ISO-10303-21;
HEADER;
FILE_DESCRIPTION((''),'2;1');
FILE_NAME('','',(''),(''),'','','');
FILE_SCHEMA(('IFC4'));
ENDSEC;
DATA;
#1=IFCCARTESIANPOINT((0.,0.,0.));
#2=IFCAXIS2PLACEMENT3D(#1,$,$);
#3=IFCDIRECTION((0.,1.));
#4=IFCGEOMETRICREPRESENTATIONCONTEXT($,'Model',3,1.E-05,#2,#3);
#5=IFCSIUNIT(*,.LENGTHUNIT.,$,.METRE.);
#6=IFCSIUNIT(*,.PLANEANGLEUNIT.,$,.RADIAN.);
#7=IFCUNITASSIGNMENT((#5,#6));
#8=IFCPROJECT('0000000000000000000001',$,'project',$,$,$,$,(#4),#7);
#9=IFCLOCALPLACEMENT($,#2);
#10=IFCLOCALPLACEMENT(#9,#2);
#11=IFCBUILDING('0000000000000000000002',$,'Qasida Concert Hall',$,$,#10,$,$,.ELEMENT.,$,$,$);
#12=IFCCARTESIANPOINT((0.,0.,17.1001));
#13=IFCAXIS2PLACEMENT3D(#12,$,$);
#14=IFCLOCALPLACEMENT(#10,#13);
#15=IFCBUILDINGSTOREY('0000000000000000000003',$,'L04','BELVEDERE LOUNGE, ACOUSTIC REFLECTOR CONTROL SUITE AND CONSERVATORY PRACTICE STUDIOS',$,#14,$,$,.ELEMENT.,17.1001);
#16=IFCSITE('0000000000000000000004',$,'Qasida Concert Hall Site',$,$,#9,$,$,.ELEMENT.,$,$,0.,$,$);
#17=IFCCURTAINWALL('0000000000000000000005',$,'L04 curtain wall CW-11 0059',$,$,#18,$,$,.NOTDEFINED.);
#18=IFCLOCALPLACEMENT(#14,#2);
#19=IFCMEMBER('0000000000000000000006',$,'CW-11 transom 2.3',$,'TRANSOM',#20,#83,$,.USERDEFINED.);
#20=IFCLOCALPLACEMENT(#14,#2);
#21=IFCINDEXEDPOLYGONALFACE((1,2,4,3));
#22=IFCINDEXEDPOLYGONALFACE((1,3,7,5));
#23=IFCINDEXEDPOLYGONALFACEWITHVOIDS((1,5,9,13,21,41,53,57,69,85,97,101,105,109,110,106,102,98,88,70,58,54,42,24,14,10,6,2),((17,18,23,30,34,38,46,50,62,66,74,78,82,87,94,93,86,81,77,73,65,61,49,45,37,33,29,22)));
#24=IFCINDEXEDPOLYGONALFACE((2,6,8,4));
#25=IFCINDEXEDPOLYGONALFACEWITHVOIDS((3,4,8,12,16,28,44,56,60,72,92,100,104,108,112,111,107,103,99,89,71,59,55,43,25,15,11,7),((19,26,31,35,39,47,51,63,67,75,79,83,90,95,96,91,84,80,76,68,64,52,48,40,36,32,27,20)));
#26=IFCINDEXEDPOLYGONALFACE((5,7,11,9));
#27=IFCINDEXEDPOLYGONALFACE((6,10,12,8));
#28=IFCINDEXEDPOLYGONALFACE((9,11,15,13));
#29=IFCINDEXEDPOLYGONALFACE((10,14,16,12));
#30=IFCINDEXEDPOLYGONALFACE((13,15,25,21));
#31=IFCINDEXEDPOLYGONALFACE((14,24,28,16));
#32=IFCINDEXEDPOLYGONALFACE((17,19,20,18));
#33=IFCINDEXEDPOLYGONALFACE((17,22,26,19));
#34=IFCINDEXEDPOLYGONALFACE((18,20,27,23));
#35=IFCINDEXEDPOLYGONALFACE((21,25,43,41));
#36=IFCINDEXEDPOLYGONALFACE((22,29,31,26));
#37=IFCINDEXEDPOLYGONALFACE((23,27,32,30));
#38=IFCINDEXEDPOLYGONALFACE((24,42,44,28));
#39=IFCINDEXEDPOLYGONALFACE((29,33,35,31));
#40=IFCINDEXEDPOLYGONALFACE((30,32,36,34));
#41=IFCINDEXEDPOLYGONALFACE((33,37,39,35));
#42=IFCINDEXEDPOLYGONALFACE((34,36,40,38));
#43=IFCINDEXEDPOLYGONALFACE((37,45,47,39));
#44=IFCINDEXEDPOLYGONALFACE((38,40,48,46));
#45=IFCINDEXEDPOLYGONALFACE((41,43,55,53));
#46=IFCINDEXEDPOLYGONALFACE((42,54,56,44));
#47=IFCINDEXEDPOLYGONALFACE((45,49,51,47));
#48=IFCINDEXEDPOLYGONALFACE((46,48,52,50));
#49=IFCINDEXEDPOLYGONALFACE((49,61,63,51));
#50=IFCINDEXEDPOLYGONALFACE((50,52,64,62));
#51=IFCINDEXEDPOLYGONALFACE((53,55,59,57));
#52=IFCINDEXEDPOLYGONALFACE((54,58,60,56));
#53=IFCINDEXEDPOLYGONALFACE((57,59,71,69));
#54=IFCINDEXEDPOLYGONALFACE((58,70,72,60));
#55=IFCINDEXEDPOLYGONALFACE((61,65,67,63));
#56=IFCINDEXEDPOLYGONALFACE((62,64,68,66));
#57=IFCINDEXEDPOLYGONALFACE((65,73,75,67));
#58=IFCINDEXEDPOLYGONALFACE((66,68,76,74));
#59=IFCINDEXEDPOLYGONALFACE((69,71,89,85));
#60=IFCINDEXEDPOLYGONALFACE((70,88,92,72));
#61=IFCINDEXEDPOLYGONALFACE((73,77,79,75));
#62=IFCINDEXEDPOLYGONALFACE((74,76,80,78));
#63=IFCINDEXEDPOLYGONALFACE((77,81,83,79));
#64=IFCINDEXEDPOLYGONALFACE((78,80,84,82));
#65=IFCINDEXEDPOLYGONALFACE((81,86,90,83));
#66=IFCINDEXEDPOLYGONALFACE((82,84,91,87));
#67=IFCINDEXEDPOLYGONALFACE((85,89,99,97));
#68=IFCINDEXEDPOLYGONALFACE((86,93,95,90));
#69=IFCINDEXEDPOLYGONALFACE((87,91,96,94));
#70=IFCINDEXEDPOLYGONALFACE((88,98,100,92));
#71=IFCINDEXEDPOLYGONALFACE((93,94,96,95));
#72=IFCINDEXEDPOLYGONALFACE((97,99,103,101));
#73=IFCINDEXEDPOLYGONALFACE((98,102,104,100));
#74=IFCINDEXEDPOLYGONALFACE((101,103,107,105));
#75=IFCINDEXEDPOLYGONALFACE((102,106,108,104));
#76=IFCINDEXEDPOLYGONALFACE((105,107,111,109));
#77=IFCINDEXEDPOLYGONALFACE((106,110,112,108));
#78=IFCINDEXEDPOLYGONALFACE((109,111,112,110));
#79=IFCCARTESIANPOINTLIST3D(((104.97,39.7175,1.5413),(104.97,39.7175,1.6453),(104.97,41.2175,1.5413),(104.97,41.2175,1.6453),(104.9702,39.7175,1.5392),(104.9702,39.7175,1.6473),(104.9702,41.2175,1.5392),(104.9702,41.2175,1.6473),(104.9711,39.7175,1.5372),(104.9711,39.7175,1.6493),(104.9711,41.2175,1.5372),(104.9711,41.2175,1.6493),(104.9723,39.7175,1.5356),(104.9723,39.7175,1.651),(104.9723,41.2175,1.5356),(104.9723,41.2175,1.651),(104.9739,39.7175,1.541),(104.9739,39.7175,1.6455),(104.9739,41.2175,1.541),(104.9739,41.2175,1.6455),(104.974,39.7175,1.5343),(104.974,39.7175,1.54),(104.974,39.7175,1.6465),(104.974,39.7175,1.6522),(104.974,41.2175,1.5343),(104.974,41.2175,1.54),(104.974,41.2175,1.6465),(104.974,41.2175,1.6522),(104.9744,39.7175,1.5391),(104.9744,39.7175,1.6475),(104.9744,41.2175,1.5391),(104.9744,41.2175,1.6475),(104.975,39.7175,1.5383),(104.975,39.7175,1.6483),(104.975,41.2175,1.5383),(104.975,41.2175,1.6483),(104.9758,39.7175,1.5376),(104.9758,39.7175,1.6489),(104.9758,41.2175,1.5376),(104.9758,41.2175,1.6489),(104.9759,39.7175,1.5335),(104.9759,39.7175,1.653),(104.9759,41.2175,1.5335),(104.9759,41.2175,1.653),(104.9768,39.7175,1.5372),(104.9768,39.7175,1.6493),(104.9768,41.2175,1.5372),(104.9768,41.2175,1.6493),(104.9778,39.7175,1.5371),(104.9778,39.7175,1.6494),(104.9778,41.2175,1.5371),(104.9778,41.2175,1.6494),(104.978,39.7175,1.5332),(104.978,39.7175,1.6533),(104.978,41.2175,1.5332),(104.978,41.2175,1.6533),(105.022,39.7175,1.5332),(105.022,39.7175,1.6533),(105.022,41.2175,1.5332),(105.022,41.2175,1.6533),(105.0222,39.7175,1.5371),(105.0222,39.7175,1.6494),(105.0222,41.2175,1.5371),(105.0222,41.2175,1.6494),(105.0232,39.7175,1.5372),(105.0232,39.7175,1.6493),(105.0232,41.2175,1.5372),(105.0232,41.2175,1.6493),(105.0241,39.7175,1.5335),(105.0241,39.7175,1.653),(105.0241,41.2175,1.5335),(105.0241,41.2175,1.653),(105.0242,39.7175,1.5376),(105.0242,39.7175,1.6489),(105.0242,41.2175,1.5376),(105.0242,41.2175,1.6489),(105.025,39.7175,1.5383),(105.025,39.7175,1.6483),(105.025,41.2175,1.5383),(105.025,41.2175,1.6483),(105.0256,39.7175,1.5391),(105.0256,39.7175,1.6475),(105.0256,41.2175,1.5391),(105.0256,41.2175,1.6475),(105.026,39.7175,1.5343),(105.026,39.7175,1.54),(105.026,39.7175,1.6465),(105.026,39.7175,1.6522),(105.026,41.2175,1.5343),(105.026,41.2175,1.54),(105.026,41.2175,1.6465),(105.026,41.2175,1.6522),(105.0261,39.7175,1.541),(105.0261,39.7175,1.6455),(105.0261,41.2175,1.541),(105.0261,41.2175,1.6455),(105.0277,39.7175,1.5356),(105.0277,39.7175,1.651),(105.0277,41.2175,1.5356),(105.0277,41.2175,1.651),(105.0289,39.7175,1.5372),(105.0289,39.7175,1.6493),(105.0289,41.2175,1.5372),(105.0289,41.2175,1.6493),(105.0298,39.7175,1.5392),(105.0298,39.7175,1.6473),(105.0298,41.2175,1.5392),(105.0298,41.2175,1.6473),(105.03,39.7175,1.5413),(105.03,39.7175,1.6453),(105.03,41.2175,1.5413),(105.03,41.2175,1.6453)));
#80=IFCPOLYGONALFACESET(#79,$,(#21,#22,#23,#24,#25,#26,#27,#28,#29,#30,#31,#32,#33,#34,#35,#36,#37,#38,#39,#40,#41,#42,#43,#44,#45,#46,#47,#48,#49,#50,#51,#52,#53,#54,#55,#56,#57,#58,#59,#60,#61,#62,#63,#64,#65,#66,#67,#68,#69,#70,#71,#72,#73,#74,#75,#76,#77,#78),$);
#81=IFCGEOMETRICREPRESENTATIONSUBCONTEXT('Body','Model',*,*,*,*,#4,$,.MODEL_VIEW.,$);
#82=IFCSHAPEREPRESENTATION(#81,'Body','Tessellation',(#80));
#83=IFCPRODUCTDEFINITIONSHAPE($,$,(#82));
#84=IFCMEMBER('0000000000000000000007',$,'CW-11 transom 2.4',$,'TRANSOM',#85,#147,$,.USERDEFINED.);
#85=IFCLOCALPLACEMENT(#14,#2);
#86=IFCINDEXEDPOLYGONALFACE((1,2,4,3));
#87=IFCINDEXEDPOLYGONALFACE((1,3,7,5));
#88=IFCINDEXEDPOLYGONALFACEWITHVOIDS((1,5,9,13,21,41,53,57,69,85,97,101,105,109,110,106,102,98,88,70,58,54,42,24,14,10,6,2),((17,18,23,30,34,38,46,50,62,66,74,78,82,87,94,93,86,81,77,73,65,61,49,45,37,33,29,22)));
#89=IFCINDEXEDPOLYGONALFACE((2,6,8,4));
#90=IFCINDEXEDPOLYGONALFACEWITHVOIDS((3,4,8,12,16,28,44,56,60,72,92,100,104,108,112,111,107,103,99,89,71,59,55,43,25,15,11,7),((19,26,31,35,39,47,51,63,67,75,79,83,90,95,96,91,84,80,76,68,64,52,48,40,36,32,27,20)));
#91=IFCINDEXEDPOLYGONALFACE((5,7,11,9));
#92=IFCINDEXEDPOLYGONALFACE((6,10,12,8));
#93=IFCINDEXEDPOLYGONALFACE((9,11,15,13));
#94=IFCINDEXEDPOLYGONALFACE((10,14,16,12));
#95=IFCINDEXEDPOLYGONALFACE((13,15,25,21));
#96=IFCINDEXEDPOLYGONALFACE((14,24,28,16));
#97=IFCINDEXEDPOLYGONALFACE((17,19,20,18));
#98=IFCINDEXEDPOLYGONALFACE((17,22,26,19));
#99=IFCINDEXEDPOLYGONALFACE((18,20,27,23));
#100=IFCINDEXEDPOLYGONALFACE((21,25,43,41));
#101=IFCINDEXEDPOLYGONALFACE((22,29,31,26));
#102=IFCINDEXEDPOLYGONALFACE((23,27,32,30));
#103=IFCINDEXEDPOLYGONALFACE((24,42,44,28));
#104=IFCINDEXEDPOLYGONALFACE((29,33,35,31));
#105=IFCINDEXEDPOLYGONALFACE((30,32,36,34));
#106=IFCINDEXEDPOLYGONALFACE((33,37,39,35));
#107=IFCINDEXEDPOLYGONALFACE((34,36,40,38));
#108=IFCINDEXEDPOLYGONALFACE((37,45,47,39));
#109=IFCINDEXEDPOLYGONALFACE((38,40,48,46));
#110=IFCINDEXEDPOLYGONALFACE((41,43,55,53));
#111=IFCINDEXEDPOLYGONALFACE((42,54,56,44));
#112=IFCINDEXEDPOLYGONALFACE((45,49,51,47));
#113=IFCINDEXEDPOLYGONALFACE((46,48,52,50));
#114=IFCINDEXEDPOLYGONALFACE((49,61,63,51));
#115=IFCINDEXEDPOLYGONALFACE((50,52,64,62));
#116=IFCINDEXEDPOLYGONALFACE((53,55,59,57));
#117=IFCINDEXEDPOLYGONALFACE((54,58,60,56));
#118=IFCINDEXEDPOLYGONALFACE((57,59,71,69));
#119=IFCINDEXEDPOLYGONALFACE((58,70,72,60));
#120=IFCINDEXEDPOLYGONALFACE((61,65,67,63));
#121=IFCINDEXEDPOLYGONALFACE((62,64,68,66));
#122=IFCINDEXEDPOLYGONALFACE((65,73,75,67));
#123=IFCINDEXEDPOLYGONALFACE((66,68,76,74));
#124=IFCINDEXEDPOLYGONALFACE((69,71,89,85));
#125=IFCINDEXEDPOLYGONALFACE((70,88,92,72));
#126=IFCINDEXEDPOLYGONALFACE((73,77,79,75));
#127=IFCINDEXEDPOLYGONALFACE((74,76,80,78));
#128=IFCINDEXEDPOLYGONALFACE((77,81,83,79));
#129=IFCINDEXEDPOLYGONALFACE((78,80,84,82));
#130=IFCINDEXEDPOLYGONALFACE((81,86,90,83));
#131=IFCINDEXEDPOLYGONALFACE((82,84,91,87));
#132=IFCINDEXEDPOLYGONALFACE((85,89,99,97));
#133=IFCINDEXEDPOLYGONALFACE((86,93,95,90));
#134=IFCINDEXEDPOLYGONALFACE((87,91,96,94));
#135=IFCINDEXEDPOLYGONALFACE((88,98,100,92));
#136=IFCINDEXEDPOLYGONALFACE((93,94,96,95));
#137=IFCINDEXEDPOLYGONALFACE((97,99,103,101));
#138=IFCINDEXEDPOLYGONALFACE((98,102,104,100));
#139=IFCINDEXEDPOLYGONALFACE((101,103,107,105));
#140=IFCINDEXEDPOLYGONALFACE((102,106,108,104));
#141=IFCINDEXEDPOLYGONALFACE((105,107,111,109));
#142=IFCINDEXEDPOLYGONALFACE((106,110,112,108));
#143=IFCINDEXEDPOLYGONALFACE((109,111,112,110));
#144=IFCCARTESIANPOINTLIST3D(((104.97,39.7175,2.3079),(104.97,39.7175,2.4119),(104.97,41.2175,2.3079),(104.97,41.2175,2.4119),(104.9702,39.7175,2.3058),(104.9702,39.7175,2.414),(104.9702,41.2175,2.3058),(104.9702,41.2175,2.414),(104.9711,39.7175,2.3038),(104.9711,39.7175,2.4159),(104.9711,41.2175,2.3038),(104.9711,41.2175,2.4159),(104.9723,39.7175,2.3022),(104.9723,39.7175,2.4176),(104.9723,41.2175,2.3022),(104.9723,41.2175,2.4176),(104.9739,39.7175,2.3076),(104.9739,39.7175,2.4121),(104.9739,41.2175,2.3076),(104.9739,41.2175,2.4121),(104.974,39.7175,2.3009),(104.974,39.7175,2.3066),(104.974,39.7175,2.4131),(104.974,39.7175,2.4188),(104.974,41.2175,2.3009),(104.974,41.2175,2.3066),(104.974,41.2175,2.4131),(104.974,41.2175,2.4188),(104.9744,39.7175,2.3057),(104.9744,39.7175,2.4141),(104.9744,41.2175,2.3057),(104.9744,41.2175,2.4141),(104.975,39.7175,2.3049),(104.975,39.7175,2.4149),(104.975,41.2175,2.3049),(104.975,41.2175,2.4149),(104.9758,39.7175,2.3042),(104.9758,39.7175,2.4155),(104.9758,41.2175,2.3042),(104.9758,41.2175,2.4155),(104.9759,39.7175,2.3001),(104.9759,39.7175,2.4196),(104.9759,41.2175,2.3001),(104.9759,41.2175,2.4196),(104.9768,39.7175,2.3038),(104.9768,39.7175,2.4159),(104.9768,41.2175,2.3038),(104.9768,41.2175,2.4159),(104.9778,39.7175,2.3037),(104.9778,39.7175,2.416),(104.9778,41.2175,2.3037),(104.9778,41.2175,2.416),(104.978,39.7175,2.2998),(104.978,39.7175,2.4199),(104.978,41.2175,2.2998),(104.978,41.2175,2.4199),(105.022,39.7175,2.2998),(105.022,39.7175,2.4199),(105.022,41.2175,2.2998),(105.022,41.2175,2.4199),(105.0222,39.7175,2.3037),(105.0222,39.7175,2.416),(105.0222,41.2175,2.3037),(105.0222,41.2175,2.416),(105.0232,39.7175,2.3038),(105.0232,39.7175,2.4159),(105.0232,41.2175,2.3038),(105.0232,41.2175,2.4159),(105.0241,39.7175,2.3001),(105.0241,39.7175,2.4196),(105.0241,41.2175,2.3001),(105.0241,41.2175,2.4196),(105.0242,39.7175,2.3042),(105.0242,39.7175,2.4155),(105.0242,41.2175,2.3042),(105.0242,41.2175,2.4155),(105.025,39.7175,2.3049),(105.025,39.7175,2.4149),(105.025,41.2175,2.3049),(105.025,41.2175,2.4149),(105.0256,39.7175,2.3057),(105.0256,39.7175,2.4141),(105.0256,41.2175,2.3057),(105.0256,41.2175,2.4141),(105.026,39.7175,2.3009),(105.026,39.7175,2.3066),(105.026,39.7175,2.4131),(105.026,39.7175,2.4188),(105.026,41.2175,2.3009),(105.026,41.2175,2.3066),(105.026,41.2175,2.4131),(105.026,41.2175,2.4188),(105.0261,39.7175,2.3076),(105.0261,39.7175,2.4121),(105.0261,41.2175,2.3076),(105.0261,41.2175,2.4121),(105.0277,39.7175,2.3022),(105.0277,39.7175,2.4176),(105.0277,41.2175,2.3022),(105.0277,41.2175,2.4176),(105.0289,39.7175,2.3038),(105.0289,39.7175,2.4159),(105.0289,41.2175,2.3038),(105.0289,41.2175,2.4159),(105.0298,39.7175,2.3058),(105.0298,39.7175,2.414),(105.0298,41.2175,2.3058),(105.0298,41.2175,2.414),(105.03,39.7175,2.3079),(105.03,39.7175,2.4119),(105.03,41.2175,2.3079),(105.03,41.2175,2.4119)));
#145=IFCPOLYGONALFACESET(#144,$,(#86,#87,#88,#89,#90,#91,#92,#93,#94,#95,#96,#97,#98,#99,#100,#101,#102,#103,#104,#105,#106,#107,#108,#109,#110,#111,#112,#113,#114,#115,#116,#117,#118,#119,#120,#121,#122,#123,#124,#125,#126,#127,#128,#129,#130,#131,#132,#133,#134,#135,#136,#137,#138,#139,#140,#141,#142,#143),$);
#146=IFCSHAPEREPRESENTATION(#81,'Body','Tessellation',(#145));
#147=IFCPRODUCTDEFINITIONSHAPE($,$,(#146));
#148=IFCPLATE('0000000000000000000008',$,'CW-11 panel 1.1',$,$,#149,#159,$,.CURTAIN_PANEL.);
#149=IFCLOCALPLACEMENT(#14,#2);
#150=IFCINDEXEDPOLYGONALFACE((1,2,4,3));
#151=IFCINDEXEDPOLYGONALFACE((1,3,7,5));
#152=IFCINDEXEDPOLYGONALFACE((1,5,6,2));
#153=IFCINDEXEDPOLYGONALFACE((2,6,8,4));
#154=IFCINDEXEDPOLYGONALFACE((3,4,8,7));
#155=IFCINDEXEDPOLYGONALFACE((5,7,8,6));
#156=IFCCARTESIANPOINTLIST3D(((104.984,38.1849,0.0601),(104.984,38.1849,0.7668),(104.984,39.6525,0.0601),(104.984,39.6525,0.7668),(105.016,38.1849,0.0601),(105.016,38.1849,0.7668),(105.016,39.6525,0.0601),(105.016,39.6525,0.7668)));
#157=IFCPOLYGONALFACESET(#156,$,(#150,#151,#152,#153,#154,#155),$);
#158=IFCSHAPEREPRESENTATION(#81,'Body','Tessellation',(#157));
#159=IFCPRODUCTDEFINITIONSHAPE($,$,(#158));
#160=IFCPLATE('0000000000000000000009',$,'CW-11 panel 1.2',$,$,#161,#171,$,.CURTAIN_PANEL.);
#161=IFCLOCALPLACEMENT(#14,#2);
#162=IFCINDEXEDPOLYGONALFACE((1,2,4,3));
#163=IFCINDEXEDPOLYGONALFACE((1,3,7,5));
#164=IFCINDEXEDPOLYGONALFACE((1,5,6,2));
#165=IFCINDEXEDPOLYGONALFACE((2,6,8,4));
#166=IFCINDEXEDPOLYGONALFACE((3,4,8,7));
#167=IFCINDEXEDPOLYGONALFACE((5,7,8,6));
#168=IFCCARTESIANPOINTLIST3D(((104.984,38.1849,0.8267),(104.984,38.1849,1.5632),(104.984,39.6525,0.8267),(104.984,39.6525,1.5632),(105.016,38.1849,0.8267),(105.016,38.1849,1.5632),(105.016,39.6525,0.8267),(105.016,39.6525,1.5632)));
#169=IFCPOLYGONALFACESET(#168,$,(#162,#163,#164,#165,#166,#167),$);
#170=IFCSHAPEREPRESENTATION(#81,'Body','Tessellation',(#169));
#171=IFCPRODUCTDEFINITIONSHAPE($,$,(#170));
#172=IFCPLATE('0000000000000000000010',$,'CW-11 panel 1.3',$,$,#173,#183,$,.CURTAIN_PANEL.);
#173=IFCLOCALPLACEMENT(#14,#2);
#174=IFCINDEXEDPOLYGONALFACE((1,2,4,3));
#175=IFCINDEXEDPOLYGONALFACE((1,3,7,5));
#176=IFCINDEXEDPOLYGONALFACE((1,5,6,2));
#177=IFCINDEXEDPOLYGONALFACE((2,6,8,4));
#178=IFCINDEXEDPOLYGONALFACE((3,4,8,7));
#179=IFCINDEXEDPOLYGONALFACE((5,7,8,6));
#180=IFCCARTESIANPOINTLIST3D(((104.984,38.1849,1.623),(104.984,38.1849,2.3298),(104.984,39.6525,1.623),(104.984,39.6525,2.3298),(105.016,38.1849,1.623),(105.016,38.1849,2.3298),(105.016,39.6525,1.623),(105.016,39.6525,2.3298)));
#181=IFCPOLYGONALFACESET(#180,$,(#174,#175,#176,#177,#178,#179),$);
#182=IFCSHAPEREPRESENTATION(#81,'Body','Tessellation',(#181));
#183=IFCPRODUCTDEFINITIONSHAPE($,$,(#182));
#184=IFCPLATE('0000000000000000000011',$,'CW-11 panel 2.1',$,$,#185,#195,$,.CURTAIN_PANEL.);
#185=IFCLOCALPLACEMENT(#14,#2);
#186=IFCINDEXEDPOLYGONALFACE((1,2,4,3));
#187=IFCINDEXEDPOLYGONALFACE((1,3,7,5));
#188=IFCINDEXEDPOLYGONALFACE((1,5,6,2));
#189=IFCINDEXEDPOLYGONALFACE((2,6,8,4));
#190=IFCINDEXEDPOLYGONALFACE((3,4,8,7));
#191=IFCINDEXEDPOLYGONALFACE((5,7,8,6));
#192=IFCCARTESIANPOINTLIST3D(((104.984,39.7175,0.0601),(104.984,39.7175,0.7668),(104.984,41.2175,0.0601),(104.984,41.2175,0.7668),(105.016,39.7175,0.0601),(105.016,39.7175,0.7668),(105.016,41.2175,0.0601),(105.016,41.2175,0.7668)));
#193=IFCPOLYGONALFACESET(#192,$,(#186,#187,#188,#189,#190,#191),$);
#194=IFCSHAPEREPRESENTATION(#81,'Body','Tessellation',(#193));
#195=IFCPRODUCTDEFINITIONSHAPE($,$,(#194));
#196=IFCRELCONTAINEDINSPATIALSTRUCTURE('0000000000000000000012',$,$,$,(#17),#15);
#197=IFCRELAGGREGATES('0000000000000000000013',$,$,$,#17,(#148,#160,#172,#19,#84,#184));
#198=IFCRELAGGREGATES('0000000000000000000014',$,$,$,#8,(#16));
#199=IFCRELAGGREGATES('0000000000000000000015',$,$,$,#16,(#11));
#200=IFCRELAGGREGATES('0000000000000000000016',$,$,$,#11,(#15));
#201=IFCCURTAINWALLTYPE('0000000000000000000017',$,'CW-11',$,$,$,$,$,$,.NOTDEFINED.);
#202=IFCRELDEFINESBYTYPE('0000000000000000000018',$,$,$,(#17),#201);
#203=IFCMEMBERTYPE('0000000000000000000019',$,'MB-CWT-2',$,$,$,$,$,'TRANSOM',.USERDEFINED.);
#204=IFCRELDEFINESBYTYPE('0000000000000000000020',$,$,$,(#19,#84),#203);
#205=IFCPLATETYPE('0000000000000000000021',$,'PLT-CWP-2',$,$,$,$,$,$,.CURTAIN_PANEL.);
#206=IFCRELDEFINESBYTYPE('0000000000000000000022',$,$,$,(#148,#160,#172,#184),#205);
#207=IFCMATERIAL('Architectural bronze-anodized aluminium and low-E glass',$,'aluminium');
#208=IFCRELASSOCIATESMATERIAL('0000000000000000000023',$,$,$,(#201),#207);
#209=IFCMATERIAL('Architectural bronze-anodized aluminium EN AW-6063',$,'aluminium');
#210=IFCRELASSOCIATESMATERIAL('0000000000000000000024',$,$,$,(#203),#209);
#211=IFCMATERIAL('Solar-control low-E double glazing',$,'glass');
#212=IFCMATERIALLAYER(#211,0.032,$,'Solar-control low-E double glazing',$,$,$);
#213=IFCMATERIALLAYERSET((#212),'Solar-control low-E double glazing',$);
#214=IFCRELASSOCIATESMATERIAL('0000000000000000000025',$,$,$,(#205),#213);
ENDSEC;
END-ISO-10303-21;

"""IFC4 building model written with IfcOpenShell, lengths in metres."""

from ifc_helpers import new_model, si_unit, direction, frame, origin, origin_2d, place, context, subcontext, project, spatial, rectangle, hollow_rectangle, extrude, material, layer, layer_set, material_profile, profile_set, type_object, element, aggregate, save


model = new_model("IFC4")

# Units and contexts
model_context = context("Model", 3, precision=1e-05, world=origin(), true_north=direction((0.0, 1.0)))
body_context = subcontext(model_context, "Body", "Model", "MODEL_VIEW")
ifc_project = project(units=[si_unit("LENGTHUNIT", "METRE"), si_unit("PLANEANGLEUNIT", "RADIAN")], contexts=[model_context])

# Site, building, storey
site_placement = place(None, origin())
site = spatial("IfcSite", under=ifc_project, at=site_placement, Name="Qasida Concert Hall Site", CompositionType="ELEMENT", RefElevation=0.0)
building_placement = place(site_placement, origin())
building = spatial("IfcBuilding", under=site, at=building_placement, Name="Qasida Concert Hall", CompositionType="ELEMENT")
storey_placement = place(building_placement, frame((0.0, 0.0, 17.1001)))
storey = spatial("IfcBuildingStorey", under=building, at=storey_placement, Name="L04", Description="BELVEDERE LOUNGE, ACOUSTIC REFLECTOR CONTROL SUITE AND CONSERVATORY PRACTICE STUDIOS", CompositionType="ELEMENT", Elevation=17.1001)

# Curtain wall, members, plates
ifc_material_1 = material(Name="Architectural bronze-anodized aluminium and low-E glass", Category="aluminium")
curtain_wall_type = type_object("IfcCurtainWallType", Name="CW-11", PredefinedType="NOTDEFINED", material=ifc_material_1)
curtain_wall_placement = place(storey_placement, origin())
curtain_wall = element("IfcCurtainWall", 1, at=curtain_wall_placement, inside=storey, type_object=curtain_wall_type, Name="L04 curtain wall CW-11 0059", PredefinedType="NOTDEFINED")
ifc_material_2 = material(Name="Architectural bronze-anodized aluminium EN AW-6063", Category="aluminium")
ifc_material_profile_1 = material_profile(ifc_material_2, hollow_rectangle(XDim=0.0601, YDim=0.1201, WallThickness=0.0039, InnerFilletRadius=0.0039, OuterFilletRadius=0.0081, at=origin_2d()), Name="CWT 120x60x4")
ifc_profile_set_1 = profile_set([ifc_material_profile_1], Name="Architectural bronze-anodized aluminium EN AW-6063")
member_type_1 = type_object("IfcMemberType", Name="MB-CWT-2", ElementType="TRANSOM", PredefinedType="USERDEFINED", material=ifc_profile_set_1)
member_1_placement = place(storey_placement, frame((105.0, 39.7175, 1.5933), z_axis=(0.0, 1.0, 0.0), x_axis=(-1.0, 0.0, 0.0)))
member_1 = element("IfcMember", 2, at=member_1_placement, type_object=member_type_1, Name="CW-11 transom 2.3", ObjectType="TRANSOM", PredefinedType="USERDEFINED", context=body_context, shape_type="SweptSolid", body=[
    extrude(hollow_rectangle(XDim=0.0601, YDim=0.1201, WallThickness=0.0039, InnerFilletRadius=0.0039, OuterFilletRadius=0.0081, at=origin_2d()), origin(), (0.0, 0.0, 1.0), 1.5),
])
member_2_placement = place(storey_placement, frame((105.0, 39.7175, 2.3599), z_axis=(0.0, 1.0, 0.0), x_axis=(-1.0, 0.0, 0.0)))
member_2 = element("IfcMember", 3, at=member_2_placement, type_object=member_type_1, Name="CW-11 transom 2.4", ObjectType="TRANSOM", PredefinedType="USERDEFINED", context=body_context, shape_type="SweptSolid", body=[
    extrude(hollow_rectangle(XDim=0.0601, YDim=0.1201, WallThickness=0.0039, InnerFilletRadius=0.0039, OuterFilletRadius=0.0081, at=origin_2d()), origin(), (0.0, 0.0, 1.0), 1.5),
])
ifc_material_3 = material(Name="Solar-control low-E double glazing", Category="glass")
ifc_layer_1 = layer(ifc_material_3, 0.032, Name="Solar-control low-E double glazing")
ifc_layer_set_1 = layer_set([ifc_layer_1], Name="Solar-control low-E double glazing")
plate_type = type_object("IfcPlateType", Name="PLT-CWP-2", PredefinedType="CURTAIN_PANEL", material=ifc_layer_set_1)
plate_1_placement = place(storey_placement, frame((105.0, 38.9187, 0.0601), z_axis=(0.0, 0.0, 1.0), x_axis=(0.0, 1.0, 0.0)))
plate_1 = element("IfcPlate", 4, at=plate_1_placement, type_object=plate_type, Name="CW-11 panel 1.1", PredefinedType="CURTAIN_PANEL", context=body_context, shape_type="SweptSolid", body=[
    extrude(rectangle(XDim=1.4675, YDim=0.032, at=origin_2d()), origin(), (0.0, 0.0, 1.0), 0.7068),
])
plate_2_placement = place(storey_placement, frame((105.0, 38.9187, 0.8267), z_axis=(0.0, 0.0, 1.0), x_axis=(0.0, 1.0, 0.0)))
plate_2 = element("IfcPlate", 5, at=plate_2_placement, type_object=plate_type, Name="CW-11 panel 1.2", PredefinedType="CURTAIN_PANEL", context=body_context, shape_type="SweptSolid", body=[
    extrude(rectangle(XDim=1.4675, YDim=0.032, at=origin_2d()), origin(), (0.0, 0.0, 1.0), 0.7366),
])
plate_3_placement = place(storey_placement, frame((105.0, 38.9187, 1.623), z_axis=(0.0, 0.0, 1.0), x_axis=(0.0, 1.0, 0.0)))
plate_3 = element("IfcPlate", 6, at=plate_3_placement, type_object=plate_type, Name="CW-11 panel 1.3", PredefinedType="CURTAIN_PANEL", context=body_context, shape_type="SweptSolid", body=[
    extrude(rectangle(XDim=1.4675, YDim=0.032, at=origin_2d()), origin(), (0.0, 0.0, 1.0), 0.7068),
])
plate_4_placement = place(storey_placement, frame((105.0, 40.4675, 0.0601), z_axis=(0.0, 0.0, 1.0), x_axis=(0.0, 1.0, 0.0)))
plate_4 = element("IfcPlate", 7, at=plate_4_placement, type_object=plate_type, Name="CW-11 panel 2.1", PredefinedType="CURTAIN_PANEL", context=body_context, shape_type="SweptSolid", body=[
    extrude(rectangle(XDim=1.5, YDim=0.032, at=origin_2d()), origin(), (0.0, 0.0, 1.0), 0.7068),
])
aggregate(curtain_wall, [plate_1, plate_2, plate_3, member_1, member_2, plate_4])

save(model, "model.ifc")
